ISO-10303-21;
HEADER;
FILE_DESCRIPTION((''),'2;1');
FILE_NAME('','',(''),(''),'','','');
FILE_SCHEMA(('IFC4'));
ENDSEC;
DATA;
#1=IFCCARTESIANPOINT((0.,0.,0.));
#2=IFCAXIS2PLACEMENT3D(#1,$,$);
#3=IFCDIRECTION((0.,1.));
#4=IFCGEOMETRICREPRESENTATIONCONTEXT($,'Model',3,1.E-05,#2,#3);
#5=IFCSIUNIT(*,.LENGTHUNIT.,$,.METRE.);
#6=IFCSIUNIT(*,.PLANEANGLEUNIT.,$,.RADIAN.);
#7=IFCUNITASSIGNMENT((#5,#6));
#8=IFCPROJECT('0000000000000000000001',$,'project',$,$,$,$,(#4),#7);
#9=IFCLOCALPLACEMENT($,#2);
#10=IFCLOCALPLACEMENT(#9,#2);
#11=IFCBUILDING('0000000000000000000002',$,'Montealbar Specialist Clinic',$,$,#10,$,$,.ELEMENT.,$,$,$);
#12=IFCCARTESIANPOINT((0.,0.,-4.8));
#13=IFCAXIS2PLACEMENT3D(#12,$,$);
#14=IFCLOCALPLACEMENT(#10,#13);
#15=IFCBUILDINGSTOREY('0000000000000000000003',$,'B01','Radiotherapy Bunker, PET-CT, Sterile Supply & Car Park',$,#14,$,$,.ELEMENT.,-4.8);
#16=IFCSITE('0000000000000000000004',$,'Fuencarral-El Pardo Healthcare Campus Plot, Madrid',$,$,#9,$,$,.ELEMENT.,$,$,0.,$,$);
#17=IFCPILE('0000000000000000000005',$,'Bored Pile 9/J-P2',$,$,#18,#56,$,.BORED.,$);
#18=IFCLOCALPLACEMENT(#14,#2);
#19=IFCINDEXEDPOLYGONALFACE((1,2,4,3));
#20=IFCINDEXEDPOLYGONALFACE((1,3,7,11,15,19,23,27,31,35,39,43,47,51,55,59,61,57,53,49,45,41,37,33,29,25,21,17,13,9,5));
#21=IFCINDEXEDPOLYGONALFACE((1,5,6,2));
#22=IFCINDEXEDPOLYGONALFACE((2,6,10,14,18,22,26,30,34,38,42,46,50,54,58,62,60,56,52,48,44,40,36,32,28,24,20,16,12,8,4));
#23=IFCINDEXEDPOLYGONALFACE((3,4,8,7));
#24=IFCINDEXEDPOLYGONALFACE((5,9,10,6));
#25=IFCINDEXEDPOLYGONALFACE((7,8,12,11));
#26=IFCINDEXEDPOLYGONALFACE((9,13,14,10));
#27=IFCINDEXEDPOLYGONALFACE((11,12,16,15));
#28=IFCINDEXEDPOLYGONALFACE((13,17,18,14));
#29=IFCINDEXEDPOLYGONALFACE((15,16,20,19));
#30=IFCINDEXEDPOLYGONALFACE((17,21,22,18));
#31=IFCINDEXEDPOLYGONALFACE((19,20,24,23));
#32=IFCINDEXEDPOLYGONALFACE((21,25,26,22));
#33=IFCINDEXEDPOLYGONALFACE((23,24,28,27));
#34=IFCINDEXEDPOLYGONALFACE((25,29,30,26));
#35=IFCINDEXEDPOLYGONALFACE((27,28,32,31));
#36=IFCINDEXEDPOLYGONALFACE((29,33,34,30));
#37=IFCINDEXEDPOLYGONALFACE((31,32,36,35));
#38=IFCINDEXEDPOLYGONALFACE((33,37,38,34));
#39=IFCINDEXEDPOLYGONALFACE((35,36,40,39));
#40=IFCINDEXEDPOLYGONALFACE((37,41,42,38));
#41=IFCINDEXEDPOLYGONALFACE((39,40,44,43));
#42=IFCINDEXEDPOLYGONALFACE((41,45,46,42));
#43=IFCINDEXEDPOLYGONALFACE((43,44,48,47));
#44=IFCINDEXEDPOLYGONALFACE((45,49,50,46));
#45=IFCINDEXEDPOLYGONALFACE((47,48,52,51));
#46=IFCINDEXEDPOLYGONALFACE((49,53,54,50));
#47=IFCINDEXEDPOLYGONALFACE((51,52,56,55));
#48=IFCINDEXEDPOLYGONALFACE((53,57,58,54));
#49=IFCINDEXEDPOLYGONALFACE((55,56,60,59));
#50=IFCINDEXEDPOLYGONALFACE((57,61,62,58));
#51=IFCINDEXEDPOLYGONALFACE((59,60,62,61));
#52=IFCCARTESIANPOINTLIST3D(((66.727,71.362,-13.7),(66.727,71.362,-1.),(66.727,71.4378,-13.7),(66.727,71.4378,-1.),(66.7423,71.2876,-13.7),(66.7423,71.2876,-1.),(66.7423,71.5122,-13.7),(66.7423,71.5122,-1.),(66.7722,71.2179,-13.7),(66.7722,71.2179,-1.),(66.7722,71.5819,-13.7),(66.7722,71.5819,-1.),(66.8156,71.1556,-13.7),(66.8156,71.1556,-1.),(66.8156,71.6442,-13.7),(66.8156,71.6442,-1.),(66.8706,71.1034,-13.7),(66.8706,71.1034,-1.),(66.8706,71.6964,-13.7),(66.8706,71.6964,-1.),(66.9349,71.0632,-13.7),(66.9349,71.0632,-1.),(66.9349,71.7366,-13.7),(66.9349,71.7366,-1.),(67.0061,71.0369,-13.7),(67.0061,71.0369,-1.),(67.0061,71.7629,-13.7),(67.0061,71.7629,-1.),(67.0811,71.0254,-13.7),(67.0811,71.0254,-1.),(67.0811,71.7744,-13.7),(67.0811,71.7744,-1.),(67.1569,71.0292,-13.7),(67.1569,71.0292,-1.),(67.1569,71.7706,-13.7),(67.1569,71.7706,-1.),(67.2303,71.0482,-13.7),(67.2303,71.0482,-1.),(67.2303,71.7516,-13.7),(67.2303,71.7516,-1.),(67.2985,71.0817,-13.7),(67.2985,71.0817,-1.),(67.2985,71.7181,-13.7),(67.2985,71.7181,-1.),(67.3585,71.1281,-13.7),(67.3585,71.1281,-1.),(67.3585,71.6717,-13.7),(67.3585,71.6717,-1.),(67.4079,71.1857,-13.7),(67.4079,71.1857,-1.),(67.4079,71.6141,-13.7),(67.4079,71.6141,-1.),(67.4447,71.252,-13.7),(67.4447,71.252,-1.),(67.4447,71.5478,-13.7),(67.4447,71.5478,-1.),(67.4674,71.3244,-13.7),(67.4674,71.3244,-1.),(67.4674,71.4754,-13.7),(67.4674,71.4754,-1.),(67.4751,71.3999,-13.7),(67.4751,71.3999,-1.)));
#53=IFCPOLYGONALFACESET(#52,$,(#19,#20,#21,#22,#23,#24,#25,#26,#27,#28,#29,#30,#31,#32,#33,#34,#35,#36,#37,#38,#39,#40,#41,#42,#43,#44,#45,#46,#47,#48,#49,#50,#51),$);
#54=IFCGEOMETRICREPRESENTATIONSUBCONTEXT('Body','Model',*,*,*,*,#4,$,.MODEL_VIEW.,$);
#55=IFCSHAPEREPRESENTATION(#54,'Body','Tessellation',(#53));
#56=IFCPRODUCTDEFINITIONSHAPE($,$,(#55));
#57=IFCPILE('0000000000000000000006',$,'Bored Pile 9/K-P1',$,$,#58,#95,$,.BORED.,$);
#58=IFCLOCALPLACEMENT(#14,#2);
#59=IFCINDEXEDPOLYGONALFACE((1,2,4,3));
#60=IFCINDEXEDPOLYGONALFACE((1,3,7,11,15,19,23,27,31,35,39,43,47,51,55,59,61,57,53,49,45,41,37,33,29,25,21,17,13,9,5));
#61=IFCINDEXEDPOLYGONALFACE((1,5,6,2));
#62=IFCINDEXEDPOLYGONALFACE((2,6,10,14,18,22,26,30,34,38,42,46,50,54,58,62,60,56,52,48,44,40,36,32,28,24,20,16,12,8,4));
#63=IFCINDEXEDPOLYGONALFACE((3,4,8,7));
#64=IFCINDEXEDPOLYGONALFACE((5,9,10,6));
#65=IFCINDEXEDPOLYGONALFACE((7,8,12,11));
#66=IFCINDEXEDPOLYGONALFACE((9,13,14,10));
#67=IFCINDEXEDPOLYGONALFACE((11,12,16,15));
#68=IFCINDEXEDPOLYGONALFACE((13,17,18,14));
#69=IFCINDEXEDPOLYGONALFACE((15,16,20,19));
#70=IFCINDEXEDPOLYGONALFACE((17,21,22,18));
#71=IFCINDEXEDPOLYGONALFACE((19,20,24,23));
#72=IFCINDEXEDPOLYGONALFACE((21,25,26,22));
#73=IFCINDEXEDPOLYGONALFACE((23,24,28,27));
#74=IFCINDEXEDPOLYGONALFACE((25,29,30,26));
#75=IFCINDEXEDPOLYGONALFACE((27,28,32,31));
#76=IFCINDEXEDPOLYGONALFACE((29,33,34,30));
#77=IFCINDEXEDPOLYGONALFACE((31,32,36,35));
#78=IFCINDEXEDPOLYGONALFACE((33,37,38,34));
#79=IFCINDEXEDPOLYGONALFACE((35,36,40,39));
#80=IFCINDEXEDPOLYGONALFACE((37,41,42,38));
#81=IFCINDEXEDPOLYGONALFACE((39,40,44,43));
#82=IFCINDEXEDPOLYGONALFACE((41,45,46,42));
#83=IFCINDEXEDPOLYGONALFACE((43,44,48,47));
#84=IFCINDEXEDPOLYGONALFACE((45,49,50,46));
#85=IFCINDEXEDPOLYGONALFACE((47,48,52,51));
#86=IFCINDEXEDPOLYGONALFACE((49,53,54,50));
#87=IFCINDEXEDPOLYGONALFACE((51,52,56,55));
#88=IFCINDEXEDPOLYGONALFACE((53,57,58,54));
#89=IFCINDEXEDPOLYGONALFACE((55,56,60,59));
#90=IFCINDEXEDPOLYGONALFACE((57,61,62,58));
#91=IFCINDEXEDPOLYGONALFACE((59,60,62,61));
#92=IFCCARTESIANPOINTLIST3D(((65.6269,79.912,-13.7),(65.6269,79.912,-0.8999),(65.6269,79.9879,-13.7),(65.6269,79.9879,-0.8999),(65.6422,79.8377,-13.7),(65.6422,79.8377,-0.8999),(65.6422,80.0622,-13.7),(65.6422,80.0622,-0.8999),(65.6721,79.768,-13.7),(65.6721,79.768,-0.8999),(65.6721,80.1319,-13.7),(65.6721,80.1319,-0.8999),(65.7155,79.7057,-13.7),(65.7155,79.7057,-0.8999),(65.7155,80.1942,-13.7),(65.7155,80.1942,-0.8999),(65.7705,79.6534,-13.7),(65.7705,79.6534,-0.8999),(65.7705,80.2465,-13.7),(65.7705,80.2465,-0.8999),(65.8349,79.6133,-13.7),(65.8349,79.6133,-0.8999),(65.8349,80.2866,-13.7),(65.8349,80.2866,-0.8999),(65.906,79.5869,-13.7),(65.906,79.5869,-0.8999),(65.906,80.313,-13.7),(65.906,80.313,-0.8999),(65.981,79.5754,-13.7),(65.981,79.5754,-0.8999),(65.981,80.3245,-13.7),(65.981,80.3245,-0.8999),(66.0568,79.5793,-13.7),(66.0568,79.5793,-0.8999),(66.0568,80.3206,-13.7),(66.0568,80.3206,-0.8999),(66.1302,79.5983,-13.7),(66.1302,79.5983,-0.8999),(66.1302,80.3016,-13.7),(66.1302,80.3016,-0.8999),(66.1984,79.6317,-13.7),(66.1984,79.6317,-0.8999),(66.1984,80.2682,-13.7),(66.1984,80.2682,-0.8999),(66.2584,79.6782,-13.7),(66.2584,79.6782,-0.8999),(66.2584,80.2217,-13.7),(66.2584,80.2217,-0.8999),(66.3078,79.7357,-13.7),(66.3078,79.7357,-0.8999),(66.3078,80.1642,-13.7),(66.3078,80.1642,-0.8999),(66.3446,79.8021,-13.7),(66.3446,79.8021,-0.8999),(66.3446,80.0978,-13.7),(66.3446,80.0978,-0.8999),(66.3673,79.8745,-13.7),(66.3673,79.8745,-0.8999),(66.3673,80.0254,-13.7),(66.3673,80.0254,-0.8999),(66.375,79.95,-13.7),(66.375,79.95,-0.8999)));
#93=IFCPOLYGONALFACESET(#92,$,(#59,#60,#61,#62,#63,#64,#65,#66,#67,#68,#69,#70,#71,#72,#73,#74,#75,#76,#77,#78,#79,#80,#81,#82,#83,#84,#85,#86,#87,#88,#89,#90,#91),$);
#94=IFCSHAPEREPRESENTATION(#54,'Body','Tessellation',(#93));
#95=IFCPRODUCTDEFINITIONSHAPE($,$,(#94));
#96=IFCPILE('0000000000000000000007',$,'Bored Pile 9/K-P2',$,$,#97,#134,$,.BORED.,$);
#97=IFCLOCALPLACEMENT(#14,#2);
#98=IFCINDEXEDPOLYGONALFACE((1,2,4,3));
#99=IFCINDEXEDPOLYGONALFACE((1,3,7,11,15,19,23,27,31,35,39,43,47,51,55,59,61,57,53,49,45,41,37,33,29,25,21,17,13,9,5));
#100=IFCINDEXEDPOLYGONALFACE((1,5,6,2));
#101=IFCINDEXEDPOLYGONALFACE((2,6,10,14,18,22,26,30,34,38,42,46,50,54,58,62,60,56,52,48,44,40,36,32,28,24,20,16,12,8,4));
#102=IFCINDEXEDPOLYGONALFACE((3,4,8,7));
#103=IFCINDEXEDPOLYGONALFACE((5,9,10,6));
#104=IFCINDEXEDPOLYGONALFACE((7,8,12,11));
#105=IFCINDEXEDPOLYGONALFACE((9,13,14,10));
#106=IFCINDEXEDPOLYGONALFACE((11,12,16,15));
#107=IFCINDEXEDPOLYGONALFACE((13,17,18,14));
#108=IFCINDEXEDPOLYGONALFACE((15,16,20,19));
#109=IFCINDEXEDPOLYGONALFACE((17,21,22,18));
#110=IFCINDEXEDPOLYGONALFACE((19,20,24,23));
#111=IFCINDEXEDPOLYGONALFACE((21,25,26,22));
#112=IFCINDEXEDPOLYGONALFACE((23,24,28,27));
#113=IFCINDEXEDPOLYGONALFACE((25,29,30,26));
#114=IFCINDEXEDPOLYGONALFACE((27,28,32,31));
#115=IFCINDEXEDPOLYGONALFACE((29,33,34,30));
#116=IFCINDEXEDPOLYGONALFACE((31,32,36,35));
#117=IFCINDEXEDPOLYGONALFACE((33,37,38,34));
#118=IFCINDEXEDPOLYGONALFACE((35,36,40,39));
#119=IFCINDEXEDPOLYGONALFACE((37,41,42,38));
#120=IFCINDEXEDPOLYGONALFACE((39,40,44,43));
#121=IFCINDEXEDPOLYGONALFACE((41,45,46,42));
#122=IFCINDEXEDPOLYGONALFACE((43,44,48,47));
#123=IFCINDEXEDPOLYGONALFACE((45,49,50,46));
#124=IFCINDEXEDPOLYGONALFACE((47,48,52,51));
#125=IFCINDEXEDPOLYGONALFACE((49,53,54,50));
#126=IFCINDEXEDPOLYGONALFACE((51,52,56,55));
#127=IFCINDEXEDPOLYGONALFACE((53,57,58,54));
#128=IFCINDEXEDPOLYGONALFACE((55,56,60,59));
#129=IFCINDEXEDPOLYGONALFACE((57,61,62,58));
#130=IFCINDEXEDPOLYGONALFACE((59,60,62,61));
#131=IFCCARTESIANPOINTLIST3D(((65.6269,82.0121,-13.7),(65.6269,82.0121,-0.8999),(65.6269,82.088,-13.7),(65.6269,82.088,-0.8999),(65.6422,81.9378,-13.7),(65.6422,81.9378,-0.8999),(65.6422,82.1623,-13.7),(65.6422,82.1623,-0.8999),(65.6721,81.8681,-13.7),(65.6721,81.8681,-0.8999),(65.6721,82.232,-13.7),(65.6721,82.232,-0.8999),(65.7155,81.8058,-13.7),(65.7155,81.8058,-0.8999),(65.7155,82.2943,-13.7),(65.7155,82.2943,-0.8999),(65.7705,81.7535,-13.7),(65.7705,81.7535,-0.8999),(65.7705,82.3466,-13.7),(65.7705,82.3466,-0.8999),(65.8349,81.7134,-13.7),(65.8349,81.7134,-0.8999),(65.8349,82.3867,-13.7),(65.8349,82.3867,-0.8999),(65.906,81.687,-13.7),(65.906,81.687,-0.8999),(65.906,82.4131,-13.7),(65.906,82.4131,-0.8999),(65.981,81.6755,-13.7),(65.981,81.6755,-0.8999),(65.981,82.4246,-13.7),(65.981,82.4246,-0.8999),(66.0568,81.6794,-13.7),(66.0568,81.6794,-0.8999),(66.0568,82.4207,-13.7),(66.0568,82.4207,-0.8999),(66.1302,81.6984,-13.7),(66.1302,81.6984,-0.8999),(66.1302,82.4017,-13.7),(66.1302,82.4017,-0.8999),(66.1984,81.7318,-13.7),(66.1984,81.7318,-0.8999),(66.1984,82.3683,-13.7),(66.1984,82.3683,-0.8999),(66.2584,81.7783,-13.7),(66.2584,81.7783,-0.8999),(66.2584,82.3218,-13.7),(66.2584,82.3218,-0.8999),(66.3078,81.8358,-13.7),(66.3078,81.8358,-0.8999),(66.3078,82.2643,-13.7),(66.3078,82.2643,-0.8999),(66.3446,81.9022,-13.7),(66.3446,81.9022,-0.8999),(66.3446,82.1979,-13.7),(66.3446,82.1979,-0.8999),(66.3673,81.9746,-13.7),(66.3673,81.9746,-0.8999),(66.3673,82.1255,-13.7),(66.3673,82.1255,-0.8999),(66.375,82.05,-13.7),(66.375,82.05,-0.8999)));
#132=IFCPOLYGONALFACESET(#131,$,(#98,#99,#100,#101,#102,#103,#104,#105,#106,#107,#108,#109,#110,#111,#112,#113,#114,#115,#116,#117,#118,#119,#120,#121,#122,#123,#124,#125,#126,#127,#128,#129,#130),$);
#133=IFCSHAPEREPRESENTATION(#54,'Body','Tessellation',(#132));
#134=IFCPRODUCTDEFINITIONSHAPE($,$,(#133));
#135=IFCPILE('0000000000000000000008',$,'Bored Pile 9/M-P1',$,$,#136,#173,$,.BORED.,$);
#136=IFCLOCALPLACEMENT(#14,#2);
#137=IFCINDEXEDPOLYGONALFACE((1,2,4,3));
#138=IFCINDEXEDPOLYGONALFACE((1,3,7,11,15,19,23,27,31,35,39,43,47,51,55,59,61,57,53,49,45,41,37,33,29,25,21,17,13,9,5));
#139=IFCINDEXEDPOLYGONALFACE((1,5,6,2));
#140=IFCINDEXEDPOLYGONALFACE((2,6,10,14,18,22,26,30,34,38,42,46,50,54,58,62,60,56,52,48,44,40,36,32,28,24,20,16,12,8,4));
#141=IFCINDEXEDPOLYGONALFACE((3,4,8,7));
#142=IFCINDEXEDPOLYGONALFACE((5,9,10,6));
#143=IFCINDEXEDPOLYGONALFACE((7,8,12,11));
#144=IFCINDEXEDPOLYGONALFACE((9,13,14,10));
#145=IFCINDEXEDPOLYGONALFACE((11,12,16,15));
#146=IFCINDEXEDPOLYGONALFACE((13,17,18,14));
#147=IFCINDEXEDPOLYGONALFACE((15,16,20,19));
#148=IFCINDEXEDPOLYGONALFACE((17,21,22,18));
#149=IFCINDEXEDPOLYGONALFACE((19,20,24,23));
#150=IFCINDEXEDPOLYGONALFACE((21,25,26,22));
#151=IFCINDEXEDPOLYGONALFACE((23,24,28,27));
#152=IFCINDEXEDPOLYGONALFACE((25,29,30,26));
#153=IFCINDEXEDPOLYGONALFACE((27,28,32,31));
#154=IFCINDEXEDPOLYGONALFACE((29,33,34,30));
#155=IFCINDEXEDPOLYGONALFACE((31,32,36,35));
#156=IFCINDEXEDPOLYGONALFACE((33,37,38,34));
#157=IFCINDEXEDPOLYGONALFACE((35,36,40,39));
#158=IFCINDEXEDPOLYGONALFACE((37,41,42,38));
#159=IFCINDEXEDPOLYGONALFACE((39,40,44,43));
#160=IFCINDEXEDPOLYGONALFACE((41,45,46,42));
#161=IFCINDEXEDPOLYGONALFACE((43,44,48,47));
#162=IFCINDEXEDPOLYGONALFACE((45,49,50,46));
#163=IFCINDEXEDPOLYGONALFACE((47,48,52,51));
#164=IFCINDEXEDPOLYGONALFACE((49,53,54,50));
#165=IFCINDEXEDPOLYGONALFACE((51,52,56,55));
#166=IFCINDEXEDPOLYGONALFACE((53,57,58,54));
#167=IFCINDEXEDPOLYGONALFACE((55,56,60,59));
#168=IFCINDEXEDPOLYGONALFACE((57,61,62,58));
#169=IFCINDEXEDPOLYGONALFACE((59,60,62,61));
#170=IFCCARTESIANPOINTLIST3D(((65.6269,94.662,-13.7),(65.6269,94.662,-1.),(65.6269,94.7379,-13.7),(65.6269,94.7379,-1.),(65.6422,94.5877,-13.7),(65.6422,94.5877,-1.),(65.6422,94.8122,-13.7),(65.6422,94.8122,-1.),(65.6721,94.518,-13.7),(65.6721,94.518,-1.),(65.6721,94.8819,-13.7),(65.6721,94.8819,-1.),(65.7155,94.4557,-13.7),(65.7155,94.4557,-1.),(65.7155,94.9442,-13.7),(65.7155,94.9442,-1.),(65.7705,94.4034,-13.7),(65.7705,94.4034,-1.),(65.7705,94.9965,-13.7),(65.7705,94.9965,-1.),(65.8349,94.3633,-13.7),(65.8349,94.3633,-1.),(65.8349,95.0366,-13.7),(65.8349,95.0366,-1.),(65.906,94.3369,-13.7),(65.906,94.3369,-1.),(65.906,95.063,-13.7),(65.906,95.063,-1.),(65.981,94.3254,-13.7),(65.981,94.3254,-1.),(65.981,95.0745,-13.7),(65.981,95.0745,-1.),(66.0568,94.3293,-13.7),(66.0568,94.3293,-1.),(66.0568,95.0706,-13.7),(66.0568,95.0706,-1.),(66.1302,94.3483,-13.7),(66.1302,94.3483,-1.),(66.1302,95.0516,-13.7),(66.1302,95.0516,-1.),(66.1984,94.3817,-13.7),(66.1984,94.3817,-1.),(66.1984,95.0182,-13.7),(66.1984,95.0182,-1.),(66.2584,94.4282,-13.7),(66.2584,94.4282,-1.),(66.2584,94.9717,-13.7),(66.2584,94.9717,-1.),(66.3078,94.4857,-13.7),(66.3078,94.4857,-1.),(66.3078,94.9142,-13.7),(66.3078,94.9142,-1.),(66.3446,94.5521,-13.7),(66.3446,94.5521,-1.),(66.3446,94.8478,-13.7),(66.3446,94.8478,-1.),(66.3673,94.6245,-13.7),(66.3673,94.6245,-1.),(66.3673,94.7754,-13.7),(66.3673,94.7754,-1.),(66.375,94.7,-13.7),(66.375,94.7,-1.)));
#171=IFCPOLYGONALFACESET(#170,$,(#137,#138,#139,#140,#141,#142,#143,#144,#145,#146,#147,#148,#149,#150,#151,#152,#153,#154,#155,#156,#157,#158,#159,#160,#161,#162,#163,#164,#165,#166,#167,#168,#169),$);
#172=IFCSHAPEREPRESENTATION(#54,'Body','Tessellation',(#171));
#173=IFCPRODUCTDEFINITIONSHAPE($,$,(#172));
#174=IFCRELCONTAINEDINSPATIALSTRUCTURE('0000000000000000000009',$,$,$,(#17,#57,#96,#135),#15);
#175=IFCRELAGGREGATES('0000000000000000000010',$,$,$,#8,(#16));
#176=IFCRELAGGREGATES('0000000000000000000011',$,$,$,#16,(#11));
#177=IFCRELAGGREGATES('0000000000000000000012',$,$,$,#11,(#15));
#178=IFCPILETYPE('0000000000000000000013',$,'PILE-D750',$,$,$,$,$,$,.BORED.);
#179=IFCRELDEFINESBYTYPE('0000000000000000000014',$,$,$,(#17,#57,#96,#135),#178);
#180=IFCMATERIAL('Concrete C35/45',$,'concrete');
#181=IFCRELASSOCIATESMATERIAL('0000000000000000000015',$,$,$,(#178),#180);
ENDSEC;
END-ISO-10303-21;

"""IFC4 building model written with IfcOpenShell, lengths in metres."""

from ifc_helpers import new_model, si_unit, direction, frame, origin, origin_2d, place, context, subcontext, project, spatial, circle, extrude, material, material_profile, profile_set, type_object, element, save


model = new_model("IFC4")

# Units and contexts
model_context = context("Model", 3, precision=1e-05, world=origin(), true_north=direction((0.0, 1.0)))
body_context = subcontext(model_context, "Body", "Model", "MODEL_VIEW")
ifc_project = project(units=[si_unit("LENGTHUNIT", "METRE"), si_unit("PLANEANGLEUNIT", "RADIAN")], contexts=[model_context])

# Site, building, storey
site_placement = place(None, origin())
site = spatial("IfcSite", under=ifc_project, at=site_placement, Name="Fuencarral-El Pardo Healthcare Campus Plot, Madrid", CompositionType="ELEMENT", RefElevation=0.0)
building_placement = place(site_placement, origin())
building = spatial("IfcBuilding", under=site, at=building_placement, Name="Montealbar Specialist Clinic", CompositionType="ELEMENT")
storey_placement = place(building_placement, frame((0.0, 0.0, -4.8)))
storey = spatial("IfcBuildingStorey", under=building, at=storey_placement, Name="B01", Description="Radiotherapy Bunker, PET-CT, Sterile Supply & Car Park", CompositionType="ELEMENT", Elevation=-4.8)

# Shared definitions
ifc_material_1 = material(Name="Concrete C35/45", Category="concrete")

# Piles
ifc_material_profile_1 = material_profile(ifc_material_1, circle(Radius=0.375, at=origin_2d()), Name="PILE D750", Category="concrete")
ifc_profile_set_1 = profile_set([ifc_material_profile_1], Name="Concrete C35/45")
pile_type_1 = type_object("IfcPileType", Name="PILE-D750", PredefinedType="BORED", material=ifc_profile_set_1)
pile_1_placement = place(storey_placement, frame((67.1001, 71.3999, -1.0), z_axis=(0.0, 0.0, -1.0), x_axis=(1.0, 0.0, 0.0)))
element("IfcPile", 1, at=pile_1_placement, inside=storey, type_object=pile_type_1, Name="Bored Pile 9/J-P2", PredefinedType="BORED", context=body_context, shape_type="SweptSolid", body=[
    extrude(circle(Radius=0.375, at=origin_2d()), origin(), (0.0, 0.0, 1.0), 12.7),
])
for number, where, z_axis, x_axis, name in (
    (2, (66.0, 79.95, -0.8999), (0.0, 0.0, -1.0), (1.0, 0.0, 0.0), "Bored Pile 9/K-P1"),
    (3, (66.0, 82.05, -0.8999), (0.0, 0.0, -1.0), (1.0, 0.0, 0.0), "Bored Pile 9/K-P2"),
):
    element("IfcPile", number, at=place(storey_placement, frame(where, z_axis=z_axis, x_axis=x_axis)), inside=storey, type_object=pile_type_1, Name=name, PredefinedType="BORED", context=body_context, shape_type="SweptSolid", body=[
        extrude(circle(Radius=0.375, at=origin_2d()), origin(), (0.0, 0.0, 1.0), 12.8),
    ])
pile_2_placement = place(storey_placement, frame((66.0, 94.7, -1.0), z_axis=(0.0, 0.0, -1.0), x_axis=(1.0, 0.0, 0.0)))
element("IfcPile", 4, at=pile_2_placement, inside=storey, type_object=pile_type_1, Name="Bored Pile 9/M-P1", PredefinedType="BORED", context=body_context, shape_type="SweptSolid", body=[
    extrude(circle(Radius=0.375, at=origin_2d()), origin(), (0.0, 0.0, 1.0), 12.7),
])

save(model, "model.ifc")
